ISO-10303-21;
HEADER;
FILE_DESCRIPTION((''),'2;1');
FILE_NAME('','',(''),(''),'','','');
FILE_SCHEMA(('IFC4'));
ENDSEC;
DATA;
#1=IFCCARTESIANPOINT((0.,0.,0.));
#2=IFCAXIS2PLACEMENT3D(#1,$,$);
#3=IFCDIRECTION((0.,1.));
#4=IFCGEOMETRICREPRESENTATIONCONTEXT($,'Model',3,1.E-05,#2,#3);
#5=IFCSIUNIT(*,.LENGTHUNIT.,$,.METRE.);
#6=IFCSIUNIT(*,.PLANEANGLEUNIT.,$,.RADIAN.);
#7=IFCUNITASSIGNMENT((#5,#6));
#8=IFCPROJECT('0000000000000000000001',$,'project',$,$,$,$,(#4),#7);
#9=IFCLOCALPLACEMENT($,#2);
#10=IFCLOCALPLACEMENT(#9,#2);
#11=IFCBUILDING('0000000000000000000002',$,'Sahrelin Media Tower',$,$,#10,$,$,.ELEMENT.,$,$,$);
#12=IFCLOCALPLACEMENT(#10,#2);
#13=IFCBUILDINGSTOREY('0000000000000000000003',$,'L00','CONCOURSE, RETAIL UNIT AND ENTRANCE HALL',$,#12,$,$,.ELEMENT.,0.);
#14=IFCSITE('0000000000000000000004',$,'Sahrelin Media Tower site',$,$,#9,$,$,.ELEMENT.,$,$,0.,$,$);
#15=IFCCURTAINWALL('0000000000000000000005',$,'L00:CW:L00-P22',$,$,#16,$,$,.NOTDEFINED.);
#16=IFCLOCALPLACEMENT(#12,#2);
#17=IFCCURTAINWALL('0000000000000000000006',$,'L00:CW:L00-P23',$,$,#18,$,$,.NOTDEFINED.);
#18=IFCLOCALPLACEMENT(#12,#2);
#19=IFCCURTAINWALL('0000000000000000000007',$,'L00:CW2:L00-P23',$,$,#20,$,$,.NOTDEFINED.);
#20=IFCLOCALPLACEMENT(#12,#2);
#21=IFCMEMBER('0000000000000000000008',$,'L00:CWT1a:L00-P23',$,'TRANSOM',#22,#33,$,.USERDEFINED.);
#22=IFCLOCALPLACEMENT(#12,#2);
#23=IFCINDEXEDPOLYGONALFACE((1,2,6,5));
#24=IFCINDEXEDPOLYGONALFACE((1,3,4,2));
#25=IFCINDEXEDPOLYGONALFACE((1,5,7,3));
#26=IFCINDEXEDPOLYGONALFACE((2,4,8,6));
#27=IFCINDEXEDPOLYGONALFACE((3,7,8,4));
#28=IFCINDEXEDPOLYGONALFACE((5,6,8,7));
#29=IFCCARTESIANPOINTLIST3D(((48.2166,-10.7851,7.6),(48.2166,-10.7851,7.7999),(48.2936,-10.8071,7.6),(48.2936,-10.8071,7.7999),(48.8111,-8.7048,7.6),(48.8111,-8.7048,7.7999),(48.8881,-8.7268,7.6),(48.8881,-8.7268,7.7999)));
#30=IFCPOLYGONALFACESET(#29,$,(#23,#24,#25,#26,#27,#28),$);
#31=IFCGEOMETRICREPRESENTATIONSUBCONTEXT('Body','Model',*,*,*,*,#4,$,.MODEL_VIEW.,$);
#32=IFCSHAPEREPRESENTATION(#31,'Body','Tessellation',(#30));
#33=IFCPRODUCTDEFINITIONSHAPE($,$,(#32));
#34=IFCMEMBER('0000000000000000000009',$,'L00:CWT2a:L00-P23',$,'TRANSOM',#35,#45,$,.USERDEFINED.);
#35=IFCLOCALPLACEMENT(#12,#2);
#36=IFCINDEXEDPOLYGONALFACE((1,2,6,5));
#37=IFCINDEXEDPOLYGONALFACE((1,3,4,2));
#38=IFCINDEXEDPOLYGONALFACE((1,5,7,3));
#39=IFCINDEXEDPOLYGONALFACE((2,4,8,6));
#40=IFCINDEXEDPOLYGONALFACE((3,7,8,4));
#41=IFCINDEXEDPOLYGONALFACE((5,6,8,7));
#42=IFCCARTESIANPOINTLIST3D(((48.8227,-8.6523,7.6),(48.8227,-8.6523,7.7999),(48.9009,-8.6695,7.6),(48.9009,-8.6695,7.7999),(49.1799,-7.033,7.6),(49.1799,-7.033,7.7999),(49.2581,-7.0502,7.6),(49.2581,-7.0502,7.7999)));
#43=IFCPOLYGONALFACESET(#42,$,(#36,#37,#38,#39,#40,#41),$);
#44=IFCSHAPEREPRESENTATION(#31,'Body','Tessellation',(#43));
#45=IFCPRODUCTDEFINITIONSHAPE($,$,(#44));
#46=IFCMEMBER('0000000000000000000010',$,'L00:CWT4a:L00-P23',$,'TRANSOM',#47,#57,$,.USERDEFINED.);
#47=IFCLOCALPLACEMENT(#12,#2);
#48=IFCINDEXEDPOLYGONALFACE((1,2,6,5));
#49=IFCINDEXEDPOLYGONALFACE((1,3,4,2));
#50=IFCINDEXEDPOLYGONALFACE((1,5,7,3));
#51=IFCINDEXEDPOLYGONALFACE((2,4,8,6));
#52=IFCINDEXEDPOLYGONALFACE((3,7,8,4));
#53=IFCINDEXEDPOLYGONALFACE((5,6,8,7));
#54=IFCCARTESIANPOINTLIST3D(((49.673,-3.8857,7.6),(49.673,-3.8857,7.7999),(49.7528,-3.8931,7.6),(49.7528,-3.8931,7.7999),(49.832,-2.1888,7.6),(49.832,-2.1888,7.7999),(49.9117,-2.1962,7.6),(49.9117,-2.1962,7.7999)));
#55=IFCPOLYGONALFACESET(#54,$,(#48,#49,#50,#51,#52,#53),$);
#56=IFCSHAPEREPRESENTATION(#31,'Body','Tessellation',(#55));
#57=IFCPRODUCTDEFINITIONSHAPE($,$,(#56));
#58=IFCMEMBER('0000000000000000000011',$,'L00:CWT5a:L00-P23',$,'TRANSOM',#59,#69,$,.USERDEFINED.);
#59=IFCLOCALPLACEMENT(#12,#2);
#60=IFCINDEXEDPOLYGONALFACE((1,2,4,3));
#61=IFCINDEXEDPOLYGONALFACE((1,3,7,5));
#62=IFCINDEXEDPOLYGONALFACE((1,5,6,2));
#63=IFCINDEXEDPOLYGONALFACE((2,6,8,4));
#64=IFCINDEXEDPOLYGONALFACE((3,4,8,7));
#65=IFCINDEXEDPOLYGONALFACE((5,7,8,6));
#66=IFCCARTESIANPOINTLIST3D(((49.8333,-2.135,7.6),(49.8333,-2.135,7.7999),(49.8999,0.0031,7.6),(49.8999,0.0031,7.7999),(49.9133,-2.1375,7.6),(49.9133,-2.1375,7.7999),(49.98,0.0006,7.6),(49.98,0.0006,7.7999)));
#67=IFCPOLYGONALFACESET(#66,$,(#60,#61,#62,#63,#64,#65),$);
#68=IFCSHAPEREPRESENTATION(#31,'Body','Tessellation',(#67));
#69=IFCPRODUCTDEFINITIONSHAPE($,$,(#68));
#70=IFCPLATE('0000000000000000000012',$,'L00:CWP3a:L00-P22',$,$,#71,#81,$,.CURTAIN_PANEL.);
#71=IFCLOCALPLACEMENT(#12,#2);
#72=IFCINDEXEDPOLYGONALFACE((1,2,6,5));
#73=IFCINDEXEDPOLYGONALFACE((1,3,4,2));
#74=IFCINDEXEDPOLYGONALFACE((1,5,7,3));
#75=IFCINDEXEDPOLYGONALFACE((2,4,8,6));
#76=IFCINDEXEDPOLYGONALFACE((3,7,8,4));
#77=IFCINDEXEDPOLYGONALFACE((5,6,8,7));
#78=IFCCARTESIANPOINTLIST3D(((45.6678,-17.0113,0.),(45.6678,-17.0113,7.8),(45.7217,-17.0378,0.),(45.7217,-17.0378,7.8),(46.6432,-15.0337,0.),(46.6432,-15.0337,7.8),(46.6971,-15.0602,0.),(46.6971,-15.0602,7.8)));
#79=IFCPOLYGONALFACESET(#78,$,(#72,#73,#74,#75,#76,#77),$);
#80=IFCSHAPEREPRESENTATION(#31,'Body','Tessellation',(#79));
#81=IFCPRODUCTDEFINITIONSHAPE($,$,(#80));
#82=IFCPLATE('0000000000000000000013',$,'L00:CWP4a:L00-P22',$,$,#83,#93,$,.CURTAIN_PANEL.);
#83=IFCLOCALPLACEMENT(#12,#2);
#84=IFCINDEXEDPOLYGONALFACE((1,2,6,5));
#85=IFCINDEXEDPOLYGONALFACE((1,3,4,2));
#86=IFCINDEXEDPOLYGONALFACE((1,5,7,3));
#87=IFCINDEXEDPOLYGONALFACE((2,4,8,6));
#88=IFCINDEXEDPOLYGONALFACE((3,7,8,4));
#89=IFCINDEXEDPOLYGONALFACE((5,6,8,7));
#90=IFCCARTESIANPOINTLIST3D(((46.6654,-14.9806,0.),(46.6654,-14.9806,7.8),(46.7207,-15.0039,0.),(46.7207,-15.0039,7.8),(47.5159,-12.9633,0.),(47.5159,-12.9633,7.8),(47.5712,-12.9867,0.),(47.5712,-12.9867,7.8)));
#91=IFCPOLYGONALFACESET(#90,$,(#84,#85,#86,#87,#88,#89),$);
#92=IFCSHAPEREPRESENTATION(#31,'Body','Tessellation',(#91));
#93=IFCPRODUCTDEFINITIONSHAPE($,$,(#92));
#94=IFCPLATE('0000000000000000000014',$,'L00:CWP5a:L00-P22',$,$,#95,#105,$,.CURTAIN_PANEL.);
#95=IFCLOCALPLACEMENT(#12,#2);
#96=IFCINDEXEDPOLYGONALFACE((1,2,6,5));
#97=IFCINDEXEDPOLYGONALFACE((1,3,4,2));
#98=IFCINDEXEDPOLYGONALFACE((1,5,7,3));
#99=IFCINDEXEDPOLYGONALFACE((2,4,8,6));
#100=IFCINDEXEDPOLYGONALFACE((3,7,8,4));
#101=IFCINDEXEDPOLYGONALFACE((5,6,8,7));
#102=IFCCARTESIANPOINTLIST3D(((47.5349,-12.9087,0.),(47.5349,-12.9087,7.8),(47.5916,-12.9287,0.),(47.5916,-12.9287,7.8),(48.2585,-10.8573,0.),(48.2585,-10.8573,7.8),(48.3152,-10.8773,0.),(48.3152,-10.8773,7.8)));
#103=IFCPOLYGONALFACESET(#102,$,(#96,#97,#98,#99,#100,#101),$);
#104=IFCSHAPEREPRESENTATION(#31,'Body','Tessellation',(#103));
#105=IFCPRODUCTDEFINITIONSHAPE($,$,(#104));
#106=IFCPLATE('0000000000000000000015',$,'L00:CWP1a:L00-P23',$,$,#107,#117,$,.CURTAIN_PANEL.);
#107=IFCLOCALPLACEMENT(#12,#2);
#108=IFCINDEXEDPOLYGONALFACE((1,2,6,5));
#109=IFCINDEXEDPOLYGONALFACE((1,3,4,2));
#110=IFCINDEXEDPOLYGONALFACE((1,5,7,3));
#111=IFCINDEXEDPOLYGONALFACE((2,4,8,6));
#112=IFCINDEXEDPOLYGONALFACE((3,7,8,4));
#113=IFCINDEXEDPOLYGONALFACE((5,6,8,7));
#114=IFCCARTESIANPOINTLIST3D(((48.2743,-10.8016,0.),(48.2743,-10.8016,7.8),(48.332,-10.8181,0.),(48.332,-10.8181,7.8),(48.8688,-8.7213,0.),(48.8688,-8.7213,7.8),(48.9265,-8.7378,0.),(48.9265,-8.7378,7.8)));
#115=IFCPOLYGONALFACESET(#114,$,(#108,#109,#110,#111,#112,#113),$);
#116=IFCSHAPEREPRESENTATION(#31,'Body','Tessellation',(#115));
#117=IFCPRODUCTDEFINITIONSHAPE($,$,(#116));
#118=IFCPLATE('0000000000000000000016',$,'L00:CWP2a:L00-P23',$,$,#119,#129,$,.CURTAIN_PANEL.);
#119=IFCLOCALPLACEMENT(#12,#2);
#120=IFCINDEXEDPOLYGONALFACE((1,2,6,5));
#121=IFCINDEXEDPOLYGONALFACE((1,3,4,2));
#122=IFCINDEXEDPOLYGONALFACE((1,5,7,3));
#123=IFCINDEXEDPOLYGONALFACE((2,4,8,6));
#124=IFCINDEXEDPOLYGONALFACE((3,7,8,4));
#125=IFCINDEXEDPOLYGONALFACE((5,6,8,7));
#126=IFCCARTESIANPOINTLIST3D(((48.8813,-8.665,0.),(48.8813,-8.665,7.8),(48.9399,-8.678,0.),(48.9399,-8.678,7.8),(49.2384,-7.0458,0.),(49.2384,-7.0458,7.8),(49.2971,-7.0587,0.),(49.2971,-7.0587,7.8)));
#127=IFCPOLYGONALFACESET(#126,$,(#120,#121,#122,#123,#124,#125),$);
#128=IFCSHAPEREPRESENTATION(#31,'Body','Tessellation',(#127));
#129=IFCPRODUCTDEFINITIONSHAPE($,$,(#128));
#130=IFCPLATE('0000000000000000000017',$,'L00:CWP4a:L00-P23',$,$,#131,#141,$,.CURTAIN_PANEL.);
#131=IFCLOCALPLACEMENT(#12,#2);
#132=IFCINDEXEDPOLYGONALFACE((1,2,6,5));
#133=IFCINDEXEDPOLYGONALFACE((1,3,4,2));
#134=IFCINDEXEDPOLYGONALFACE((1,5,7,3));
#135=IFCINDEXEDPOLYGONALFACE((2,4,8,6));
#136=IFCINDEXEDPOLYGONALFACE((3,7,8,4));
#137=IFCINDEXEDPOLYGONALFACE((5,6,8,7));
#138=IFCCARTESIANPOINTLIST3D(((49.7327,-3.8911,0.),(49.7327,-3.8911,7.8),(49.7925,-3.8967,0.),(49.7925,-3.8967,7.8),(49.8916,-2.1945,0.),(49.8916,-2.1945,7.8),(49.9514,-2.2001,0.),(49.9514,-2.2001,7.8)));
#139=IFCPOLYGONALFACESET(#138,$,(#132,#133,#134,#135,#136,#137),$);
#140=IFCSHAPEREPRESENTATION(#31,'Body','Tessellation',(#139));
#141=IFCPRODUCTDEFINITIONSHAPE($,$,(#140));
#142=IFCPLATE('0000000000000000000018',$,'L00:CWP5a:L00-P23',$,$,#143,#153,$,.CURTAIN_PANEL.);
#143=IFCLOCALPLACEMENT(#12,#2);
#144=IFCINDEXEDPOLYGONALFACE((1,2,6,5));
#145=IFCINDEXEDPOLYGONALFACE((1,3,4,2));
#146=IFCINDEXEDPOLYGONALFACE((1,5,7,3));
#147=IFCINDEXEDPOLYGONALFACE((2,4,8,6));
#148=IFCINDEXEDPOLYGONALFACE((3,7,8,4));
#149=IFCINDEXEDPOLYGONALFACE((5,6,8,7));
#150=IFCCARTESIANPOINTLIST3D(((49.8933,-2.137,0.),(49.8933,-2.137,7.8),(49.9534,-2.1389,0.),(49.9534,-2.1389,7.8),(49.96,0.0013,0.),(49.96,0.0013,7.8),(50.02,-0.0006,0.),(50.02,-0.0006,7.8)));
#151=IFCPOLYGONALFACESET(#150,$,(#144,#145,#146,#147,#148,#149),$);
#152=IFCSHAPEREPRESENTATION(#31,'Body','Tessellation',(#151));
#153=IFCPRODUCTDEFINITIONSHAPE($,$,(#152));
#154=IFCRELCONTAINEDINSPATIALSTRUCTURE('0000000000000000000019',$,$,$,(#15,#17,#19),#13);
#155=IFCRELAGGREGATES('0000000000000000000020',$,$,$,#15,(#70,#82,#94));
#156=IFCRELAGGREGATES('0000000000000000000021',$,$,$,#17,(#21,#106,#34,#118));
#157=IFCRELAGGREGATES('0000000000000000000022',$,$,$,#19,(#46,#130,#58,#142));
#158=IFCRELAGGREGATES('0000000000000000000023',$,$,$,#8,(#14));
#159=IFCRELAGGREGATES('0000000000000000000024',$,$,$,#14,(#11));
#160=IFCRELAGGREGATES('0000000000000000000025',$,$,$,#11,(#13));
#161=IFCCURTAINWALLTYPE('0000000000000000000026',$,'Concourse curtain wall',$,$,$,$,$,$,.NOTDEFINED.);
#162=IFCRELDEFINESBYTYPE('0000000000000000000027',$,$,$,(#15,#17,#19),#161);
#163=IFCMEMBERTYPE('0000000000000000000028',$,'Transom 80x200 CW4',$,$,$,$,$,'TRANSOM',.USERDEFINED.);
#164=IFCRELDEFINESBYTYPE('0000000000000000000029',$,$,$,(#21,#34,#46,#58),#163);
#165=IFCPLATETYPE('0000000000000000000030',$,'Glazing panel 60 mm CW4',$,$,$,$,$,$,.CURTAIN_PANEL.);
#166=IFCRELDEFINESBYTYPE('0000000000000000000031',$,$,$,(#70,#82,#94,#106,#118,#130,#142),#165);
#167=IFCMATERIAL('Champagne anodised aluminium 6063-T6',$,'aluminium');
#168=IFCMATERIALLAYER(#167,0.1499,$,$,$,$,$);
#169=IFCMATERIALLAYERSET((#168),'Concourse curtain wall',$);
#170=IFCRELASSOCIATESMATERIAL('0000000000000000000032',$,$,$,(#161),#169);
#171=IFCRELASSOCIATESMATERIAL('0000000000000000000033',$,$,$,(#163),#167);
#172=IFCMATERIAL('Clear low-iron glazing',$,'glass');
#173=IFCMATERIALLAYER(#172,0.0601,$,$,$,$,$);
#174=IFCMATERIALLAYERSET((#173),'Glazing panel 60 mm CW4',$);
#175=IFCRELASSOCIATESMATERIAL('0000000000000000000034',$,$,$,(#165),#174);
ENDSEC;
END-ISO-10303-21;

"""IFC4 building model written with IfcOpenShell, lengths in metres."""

from ifc_helpers import new_model, si_unit, direction, frame, origin, origin_2d, place, context, subcontext, project, spatial, polyline, rectangle, outline, extrude, material, layer, layer_set, material_profile, profile_set, type_object, element, aggregate, save


model = new_model("IFC4")

# Units and contexts
model_context = context("Model", 3, precision=1e-05, world=origin(), true_north=direction((0.0, 1.0)))
body_context = subcontext(model_context, "Body", "Model", "MODEL_VIEW")
ifc_project = project(units=[si_unit("LENGTHUNIT", "METRE"), si_unit("PLANEANGLEUNIT", "RADIAN")], contexts=[model_context])

# Site, building, storey
site_placement = place(None, origin())
site = spatial("IfcSite", under=ifc_project, at=site_placement, Name="Sahrelin Media Tower site", CompositionType="ELEMENT", RefElevation=0.0)
building_placement = place(site_placement, origin())
building = spatial("IfcBuilding", under=site, at=building_placement, Name="Sahrelin Media Tower", CompositionType="ELEMENT")
storey_placement = place(building_placement, origin())
storey = spatial("IfcBuildingStorey", under=building, at=storey_placement, Name="L00", Description="CONCOURSE, RETAIL UNIT AND ENTRANCE HALL", CompositionType="ELEMENT", Elevation=0.0)

# Shared definitions
ifc_material_1 = material(Name="Champagne anodised aluminium 6063-T6", Category="aluminium")
ifc_layer_1 = layer(ifc_material_1, 0.1499)
ifc_layer_set_1 = layer_set([ifc_layer_1], Name="Concourse curtain wall")
curtain_wall_type = type_object("IfcCurtainWallType", Name="Concourse curtain wall", PredefinedType="NOTDEFINED", material=ifc_layer_set_1)

# Curtain walls
curtain_wall_1_placement = place(storey_placement, frame((43.3013, -21.0, 0.0), z_axis=(0.0, 0.0, 1.0), x_axis=(1.0, 0.0, 0.0)))
curtain_wall_1 = element("IfcCurtainWall", 1, at=curtain_wall_1_placement, inside=storey, type_object=curtain_wall_type, Name="L00:CW:L00-P22", PredefinedType="NOTDEFINED")
curtain_wall_2_placement = place(storey_placement, frame((48.2964, -10.8704, 0.0), z_axis=(0.0, 0.0, 1.0), x_axis=(1.0, 0.0, 0.0)))
curtain_wall_2 = element("IfcCurtainWall", 2, at=curtain_wall_2_placement, inside=storey, type_object=curtain_wall_type, Name="L00:CW:L00-P23", PredefinedType="NOTDEFINED")

# Curtain wall
curtain_wall_3_placement = place(storey_placement, frame((49.7725, -3.895, 0.0), z_axis=(0.0, 0.0, 1.0), x_axis=(1.0, 0.0, 0.0)))
curtain_wall_3 = element("IfcCurtainWall", 3, at=curtain_wall_3_placement, inside=storey, type_object=curtain_wall_type, Name="L00:CW2:L00-P23", PredefinedType="NOTDEFINED")

# Members
ifc_material_profile_1 = material_profile(ifc_material_1, rectangle(XDim=0.0801, YDim=0.2, at=origin_2d()), Name="Transom 80x200")
ifc_profile_set_1 = profile_set([ifc_material_profile_1], Name="Champagne anodised aluminium 6063-T6")
member_type_1 = type_object("IfcMemberType", Name="Transom 80x200 CW4", ElementType="TRANSOM", PredefinedType="USERDEFINED", material=ifc_profile_set_1)
member_1_placement = place(storey_placement, frame((48.2551, -10.7961, 7.7), z_axis=(0.274766, 0.961511, 0.0), x_axis=(-0.961511, 0.274766, 0.0)))
member_1 = element("IfcMember", 4, at=member_1_placement, type_object=member_type_1, Name="L00:CWT1a:L00-P23", ObjectType="TRANSOM", PredefinedType="USERDEFINED", context=body_context, shape_type="SweptSolid", body=[
    extrude(rectangle(XDim=0.0801, YDim=0.2, at=origin_2d()), origin(), (0.0, 0.0, 1.0), 2.1636),
])
member_2_placement = place(storey_placement, frame((48.8618, -8.6609, 7.7), z_axis=(0.215387, 0.976529, 0.0), x_axis=(-0.976529, 0.215387, 0.0)))
member_2 = element("IfcMember", 5, at=member_2_placement, type_object=member_type_1, Name="L00:CWT2a:L00-P23", ObjectType="TRANSOM", PredefinedType="USERDEFINED", context=body_context, shape_type="SweptSolid", body=[
    extrude(rectangle(XDim=0.0801, YDim=0.2, at=origin_2d()), origin(), (0.0, 0.0, 1.0), 1.6582),
])
member_3_placement = place(storey_placement, frame((49.7129, -3.8894, 7.7), z_axis=(0.093248, 0.995643, 0.0), x_axis=(-0.995643, 0.093248, 0.0)))
member_3 = element("IfcMember", 6, at=member_3_placement, type_object=member_type_1, Name="L00:CWT4a:L00-P23", ObjectType="TRANSOM", PredefinedType="USERDEFINED", context=body_context, shape_type="SweptSolid", body=[
    extrude(rectangle(XDim=0.0801, YDim=0.2, at=origin_2d()), origin(), (0.0, 0.0, 1.0), 1.7043),
])
member_4_placement = place(storey_placement, frame((49.8733, -2.1362, 7.7), z_axis=(0.031156, 0.999515, 0.0), x_axis=(-0.999515, 0.031156, 0.0)))
member_4 = element("IfcMember", 7, at=member_4_placement, type_object=member_type_1, Name="L00:CWT5a:L00-P23", ObjectType="TRANSOM", PredefinedType="USERDEFINED", context=body_context, shape_type="SweptSolid", body=[
    extrude(rectangle(XDim=0.0801, YDim=0.2, at=origin_2d()), origin(), (0.0, 0.0, 1.0), 2.1392),
])

# Plates
ifc_material_2 = material(Name="Clear low-iron glazing", Category="glass")
ifc_layer_2 = layer(ifc_material_2, 0.0601)
ifc_layer_set_2 = layer_set([ifc_layer_2], Name="Glazing panel 60 mm CW4")
plate_type = type_object("IfcPlateType", Name="Glazing panel 60 mm CW4", PredefinedType="CURTAIN_PANEL", material=ifc_layer_set_2)
plate_1_placement = place(storey_placement, frame((45.7217, -17.0378, 0.0), z_axis=(0.89685, -0.442335, 0.0), x_axis=(0.442335, 0.89685, 0.0)))
plate_1 = element("IfcPlate", 8, at=plate_1_placement, type_object=plate_type, Name="L00:CWP3a:L00-P22", PredefinedType="CURTAIN_PANEL", context=body_context, shape_type="SweptSolid", body=[
    extrude(outline(polyline([(0.0, 0.0), (2.2051, 0.0), (2.2051, 7.8), (0.0, 7.8), (0.0, 0.0)])), origin(), (0.0, 0.0, -1.0), 0.0601),
])
plate_2_placement = place(storey_placement, frame((46.7207, -15.0039, 0.0), z_axis=(0.921442, -0.388516, 0.0), x_axis=(0.388516, 0.921442, 0.0)))
plate_2 = element("IfcPlate", 9, at=plate_2_placement, type_object=plate_type, Name="L00:CWP4a:L00-P22", PredefinedType="CURTAIN_PANEL", context=body_context, shape_type="SweptSolid", body=[
    extrude(outline(polyline([(0.0, 0.0), (2.1892, 0.0), (2.1892, 7.8), (0.0, 7.8), (0.0, 0.0)])), origin(), (0.0, 0.0, -1.0), 0.0601),
])
plate_3_placement = place(storey_placement, frame((47.5916, -12.9287, 0.0), z_axis=(0.943052, -0.332644, 0.0), x_axis=(0.332644, 0.943052, 0.0)))
plate_3 = element("IfcPlate", 10, at=plate_3_placement, type_object=plate_type, Name="L00:CWP5a:L00-P22", PredefinedType="CURTAIN_PANEL", context=body_context, shape_type="SweptSolid", body=[
    extrude(outline(polyline([(0.0, 0.0), (2.1753, 0.0), (2.1753, 7.8), (0.0, 7.8), (0.0, 0.0)])), origin(), (0.0, 0.0, -1.0), 0.0601),
])
aggregate(curtain_wall_1, [plate_1, plate_2, plate_3])
plate_4_placement = place(storey_placement, frame((48.332, -10.8181, 0.0), z_axis=(0.961511, -0.274766, 0.0), x_axis=(0.274766, 0.961511, 0.0)))
plate_4 = element("IfcPlate", 11, at=plate_4_placement, type_object=plate_type, Name="L00:CWP1a:L00-P23", PredefinedType="CURTAIN_PANEL", context=body_context, shape_type="SweptSolid", body=[
    extrude(outline(polyline([(0.0, 0.0), (2.1636, 0.0), (2.1636, 7.8), (0.0, 7.8), (0.0, 0.0)])), origin(), (0.0, 0.0, -1.0), 0.0601),
])
plate_5_placement = place(storey_placement, frame((48.9399, -8.678, 0.0), z_axis=(0.976529, -0.215387, 0.0), x_axis=(0.215387, 0.976529, 0.0)))
plate_5 = element("IfcPlate", 12, at=plate_5_placement, type_object=plate_type, Name="L00:CWP2a:L00-P23", PredefinedType="CURTAIN_PANEL", context=body_context, shape_type="SweptSolid", body=[
    extrude(outline(polyline([(0.0, 0.0), (1.6582, 0.0), (1.6582, 7.8), (0.0, 7.8), (0.0, 0.0)])), origin(), (0.0, 0.0, -1.0), 0.0601),
])
aggregate(curtain_wall_2, [member_1, plate_4, member_2, plate_5])
plate_6_placement = place(storey_placement, frame((49.7925, -3.8967, 0.0), z_axis=(0.995642, -0.093261, 0.0), x_axis=(0.093261, 0.995642, 0.0)))
plate_6 = element("IfcPlate", 13, at=plate_6_placement, type_object=plate_type, Name="L00:CWP4a:L00-P23", PredefinedType="CURTAIN_PANEL", context=body_context, shape_type="SweptSolid", body=[
    extrude(outline(polyline([(0.0, 0.0), (1.7041, 0.0), (1.7041, 7.8), (0.0, 7.8), (0.0, 0.0)])), origin(), (0.0, 0.0, -1.0), 0.0601),
])
plate_7_placement = place(storey_placement, frame((49.9534, -2.1389, 0.0), z_axis=(0.999515, -0.031153, 0.0), x_axis=(0.031153, 0.999515, 0.0)))
plate_7 = element("IfcPlate", 14, at=plate_7_placement, type_object=plate_type, Name="L00:CWP5a:L00-P23", PredefinedType="CURTAIN_PANEL", context=body_context, shape_type="SweptSolid", body=[
    extrude(outline(polyline([(0.0, 0.0), (2.1394, 0.0), (2.1394, 7.8), (0.0, 7.8), (0.0, 0.0)])), origin(), (0.0, 0.0, -1.0), 0.0601),
])
aggregate(curtain_wall_3, [member_3, plate_6, member_4, plate_7])

save(model, "model.ifc")
